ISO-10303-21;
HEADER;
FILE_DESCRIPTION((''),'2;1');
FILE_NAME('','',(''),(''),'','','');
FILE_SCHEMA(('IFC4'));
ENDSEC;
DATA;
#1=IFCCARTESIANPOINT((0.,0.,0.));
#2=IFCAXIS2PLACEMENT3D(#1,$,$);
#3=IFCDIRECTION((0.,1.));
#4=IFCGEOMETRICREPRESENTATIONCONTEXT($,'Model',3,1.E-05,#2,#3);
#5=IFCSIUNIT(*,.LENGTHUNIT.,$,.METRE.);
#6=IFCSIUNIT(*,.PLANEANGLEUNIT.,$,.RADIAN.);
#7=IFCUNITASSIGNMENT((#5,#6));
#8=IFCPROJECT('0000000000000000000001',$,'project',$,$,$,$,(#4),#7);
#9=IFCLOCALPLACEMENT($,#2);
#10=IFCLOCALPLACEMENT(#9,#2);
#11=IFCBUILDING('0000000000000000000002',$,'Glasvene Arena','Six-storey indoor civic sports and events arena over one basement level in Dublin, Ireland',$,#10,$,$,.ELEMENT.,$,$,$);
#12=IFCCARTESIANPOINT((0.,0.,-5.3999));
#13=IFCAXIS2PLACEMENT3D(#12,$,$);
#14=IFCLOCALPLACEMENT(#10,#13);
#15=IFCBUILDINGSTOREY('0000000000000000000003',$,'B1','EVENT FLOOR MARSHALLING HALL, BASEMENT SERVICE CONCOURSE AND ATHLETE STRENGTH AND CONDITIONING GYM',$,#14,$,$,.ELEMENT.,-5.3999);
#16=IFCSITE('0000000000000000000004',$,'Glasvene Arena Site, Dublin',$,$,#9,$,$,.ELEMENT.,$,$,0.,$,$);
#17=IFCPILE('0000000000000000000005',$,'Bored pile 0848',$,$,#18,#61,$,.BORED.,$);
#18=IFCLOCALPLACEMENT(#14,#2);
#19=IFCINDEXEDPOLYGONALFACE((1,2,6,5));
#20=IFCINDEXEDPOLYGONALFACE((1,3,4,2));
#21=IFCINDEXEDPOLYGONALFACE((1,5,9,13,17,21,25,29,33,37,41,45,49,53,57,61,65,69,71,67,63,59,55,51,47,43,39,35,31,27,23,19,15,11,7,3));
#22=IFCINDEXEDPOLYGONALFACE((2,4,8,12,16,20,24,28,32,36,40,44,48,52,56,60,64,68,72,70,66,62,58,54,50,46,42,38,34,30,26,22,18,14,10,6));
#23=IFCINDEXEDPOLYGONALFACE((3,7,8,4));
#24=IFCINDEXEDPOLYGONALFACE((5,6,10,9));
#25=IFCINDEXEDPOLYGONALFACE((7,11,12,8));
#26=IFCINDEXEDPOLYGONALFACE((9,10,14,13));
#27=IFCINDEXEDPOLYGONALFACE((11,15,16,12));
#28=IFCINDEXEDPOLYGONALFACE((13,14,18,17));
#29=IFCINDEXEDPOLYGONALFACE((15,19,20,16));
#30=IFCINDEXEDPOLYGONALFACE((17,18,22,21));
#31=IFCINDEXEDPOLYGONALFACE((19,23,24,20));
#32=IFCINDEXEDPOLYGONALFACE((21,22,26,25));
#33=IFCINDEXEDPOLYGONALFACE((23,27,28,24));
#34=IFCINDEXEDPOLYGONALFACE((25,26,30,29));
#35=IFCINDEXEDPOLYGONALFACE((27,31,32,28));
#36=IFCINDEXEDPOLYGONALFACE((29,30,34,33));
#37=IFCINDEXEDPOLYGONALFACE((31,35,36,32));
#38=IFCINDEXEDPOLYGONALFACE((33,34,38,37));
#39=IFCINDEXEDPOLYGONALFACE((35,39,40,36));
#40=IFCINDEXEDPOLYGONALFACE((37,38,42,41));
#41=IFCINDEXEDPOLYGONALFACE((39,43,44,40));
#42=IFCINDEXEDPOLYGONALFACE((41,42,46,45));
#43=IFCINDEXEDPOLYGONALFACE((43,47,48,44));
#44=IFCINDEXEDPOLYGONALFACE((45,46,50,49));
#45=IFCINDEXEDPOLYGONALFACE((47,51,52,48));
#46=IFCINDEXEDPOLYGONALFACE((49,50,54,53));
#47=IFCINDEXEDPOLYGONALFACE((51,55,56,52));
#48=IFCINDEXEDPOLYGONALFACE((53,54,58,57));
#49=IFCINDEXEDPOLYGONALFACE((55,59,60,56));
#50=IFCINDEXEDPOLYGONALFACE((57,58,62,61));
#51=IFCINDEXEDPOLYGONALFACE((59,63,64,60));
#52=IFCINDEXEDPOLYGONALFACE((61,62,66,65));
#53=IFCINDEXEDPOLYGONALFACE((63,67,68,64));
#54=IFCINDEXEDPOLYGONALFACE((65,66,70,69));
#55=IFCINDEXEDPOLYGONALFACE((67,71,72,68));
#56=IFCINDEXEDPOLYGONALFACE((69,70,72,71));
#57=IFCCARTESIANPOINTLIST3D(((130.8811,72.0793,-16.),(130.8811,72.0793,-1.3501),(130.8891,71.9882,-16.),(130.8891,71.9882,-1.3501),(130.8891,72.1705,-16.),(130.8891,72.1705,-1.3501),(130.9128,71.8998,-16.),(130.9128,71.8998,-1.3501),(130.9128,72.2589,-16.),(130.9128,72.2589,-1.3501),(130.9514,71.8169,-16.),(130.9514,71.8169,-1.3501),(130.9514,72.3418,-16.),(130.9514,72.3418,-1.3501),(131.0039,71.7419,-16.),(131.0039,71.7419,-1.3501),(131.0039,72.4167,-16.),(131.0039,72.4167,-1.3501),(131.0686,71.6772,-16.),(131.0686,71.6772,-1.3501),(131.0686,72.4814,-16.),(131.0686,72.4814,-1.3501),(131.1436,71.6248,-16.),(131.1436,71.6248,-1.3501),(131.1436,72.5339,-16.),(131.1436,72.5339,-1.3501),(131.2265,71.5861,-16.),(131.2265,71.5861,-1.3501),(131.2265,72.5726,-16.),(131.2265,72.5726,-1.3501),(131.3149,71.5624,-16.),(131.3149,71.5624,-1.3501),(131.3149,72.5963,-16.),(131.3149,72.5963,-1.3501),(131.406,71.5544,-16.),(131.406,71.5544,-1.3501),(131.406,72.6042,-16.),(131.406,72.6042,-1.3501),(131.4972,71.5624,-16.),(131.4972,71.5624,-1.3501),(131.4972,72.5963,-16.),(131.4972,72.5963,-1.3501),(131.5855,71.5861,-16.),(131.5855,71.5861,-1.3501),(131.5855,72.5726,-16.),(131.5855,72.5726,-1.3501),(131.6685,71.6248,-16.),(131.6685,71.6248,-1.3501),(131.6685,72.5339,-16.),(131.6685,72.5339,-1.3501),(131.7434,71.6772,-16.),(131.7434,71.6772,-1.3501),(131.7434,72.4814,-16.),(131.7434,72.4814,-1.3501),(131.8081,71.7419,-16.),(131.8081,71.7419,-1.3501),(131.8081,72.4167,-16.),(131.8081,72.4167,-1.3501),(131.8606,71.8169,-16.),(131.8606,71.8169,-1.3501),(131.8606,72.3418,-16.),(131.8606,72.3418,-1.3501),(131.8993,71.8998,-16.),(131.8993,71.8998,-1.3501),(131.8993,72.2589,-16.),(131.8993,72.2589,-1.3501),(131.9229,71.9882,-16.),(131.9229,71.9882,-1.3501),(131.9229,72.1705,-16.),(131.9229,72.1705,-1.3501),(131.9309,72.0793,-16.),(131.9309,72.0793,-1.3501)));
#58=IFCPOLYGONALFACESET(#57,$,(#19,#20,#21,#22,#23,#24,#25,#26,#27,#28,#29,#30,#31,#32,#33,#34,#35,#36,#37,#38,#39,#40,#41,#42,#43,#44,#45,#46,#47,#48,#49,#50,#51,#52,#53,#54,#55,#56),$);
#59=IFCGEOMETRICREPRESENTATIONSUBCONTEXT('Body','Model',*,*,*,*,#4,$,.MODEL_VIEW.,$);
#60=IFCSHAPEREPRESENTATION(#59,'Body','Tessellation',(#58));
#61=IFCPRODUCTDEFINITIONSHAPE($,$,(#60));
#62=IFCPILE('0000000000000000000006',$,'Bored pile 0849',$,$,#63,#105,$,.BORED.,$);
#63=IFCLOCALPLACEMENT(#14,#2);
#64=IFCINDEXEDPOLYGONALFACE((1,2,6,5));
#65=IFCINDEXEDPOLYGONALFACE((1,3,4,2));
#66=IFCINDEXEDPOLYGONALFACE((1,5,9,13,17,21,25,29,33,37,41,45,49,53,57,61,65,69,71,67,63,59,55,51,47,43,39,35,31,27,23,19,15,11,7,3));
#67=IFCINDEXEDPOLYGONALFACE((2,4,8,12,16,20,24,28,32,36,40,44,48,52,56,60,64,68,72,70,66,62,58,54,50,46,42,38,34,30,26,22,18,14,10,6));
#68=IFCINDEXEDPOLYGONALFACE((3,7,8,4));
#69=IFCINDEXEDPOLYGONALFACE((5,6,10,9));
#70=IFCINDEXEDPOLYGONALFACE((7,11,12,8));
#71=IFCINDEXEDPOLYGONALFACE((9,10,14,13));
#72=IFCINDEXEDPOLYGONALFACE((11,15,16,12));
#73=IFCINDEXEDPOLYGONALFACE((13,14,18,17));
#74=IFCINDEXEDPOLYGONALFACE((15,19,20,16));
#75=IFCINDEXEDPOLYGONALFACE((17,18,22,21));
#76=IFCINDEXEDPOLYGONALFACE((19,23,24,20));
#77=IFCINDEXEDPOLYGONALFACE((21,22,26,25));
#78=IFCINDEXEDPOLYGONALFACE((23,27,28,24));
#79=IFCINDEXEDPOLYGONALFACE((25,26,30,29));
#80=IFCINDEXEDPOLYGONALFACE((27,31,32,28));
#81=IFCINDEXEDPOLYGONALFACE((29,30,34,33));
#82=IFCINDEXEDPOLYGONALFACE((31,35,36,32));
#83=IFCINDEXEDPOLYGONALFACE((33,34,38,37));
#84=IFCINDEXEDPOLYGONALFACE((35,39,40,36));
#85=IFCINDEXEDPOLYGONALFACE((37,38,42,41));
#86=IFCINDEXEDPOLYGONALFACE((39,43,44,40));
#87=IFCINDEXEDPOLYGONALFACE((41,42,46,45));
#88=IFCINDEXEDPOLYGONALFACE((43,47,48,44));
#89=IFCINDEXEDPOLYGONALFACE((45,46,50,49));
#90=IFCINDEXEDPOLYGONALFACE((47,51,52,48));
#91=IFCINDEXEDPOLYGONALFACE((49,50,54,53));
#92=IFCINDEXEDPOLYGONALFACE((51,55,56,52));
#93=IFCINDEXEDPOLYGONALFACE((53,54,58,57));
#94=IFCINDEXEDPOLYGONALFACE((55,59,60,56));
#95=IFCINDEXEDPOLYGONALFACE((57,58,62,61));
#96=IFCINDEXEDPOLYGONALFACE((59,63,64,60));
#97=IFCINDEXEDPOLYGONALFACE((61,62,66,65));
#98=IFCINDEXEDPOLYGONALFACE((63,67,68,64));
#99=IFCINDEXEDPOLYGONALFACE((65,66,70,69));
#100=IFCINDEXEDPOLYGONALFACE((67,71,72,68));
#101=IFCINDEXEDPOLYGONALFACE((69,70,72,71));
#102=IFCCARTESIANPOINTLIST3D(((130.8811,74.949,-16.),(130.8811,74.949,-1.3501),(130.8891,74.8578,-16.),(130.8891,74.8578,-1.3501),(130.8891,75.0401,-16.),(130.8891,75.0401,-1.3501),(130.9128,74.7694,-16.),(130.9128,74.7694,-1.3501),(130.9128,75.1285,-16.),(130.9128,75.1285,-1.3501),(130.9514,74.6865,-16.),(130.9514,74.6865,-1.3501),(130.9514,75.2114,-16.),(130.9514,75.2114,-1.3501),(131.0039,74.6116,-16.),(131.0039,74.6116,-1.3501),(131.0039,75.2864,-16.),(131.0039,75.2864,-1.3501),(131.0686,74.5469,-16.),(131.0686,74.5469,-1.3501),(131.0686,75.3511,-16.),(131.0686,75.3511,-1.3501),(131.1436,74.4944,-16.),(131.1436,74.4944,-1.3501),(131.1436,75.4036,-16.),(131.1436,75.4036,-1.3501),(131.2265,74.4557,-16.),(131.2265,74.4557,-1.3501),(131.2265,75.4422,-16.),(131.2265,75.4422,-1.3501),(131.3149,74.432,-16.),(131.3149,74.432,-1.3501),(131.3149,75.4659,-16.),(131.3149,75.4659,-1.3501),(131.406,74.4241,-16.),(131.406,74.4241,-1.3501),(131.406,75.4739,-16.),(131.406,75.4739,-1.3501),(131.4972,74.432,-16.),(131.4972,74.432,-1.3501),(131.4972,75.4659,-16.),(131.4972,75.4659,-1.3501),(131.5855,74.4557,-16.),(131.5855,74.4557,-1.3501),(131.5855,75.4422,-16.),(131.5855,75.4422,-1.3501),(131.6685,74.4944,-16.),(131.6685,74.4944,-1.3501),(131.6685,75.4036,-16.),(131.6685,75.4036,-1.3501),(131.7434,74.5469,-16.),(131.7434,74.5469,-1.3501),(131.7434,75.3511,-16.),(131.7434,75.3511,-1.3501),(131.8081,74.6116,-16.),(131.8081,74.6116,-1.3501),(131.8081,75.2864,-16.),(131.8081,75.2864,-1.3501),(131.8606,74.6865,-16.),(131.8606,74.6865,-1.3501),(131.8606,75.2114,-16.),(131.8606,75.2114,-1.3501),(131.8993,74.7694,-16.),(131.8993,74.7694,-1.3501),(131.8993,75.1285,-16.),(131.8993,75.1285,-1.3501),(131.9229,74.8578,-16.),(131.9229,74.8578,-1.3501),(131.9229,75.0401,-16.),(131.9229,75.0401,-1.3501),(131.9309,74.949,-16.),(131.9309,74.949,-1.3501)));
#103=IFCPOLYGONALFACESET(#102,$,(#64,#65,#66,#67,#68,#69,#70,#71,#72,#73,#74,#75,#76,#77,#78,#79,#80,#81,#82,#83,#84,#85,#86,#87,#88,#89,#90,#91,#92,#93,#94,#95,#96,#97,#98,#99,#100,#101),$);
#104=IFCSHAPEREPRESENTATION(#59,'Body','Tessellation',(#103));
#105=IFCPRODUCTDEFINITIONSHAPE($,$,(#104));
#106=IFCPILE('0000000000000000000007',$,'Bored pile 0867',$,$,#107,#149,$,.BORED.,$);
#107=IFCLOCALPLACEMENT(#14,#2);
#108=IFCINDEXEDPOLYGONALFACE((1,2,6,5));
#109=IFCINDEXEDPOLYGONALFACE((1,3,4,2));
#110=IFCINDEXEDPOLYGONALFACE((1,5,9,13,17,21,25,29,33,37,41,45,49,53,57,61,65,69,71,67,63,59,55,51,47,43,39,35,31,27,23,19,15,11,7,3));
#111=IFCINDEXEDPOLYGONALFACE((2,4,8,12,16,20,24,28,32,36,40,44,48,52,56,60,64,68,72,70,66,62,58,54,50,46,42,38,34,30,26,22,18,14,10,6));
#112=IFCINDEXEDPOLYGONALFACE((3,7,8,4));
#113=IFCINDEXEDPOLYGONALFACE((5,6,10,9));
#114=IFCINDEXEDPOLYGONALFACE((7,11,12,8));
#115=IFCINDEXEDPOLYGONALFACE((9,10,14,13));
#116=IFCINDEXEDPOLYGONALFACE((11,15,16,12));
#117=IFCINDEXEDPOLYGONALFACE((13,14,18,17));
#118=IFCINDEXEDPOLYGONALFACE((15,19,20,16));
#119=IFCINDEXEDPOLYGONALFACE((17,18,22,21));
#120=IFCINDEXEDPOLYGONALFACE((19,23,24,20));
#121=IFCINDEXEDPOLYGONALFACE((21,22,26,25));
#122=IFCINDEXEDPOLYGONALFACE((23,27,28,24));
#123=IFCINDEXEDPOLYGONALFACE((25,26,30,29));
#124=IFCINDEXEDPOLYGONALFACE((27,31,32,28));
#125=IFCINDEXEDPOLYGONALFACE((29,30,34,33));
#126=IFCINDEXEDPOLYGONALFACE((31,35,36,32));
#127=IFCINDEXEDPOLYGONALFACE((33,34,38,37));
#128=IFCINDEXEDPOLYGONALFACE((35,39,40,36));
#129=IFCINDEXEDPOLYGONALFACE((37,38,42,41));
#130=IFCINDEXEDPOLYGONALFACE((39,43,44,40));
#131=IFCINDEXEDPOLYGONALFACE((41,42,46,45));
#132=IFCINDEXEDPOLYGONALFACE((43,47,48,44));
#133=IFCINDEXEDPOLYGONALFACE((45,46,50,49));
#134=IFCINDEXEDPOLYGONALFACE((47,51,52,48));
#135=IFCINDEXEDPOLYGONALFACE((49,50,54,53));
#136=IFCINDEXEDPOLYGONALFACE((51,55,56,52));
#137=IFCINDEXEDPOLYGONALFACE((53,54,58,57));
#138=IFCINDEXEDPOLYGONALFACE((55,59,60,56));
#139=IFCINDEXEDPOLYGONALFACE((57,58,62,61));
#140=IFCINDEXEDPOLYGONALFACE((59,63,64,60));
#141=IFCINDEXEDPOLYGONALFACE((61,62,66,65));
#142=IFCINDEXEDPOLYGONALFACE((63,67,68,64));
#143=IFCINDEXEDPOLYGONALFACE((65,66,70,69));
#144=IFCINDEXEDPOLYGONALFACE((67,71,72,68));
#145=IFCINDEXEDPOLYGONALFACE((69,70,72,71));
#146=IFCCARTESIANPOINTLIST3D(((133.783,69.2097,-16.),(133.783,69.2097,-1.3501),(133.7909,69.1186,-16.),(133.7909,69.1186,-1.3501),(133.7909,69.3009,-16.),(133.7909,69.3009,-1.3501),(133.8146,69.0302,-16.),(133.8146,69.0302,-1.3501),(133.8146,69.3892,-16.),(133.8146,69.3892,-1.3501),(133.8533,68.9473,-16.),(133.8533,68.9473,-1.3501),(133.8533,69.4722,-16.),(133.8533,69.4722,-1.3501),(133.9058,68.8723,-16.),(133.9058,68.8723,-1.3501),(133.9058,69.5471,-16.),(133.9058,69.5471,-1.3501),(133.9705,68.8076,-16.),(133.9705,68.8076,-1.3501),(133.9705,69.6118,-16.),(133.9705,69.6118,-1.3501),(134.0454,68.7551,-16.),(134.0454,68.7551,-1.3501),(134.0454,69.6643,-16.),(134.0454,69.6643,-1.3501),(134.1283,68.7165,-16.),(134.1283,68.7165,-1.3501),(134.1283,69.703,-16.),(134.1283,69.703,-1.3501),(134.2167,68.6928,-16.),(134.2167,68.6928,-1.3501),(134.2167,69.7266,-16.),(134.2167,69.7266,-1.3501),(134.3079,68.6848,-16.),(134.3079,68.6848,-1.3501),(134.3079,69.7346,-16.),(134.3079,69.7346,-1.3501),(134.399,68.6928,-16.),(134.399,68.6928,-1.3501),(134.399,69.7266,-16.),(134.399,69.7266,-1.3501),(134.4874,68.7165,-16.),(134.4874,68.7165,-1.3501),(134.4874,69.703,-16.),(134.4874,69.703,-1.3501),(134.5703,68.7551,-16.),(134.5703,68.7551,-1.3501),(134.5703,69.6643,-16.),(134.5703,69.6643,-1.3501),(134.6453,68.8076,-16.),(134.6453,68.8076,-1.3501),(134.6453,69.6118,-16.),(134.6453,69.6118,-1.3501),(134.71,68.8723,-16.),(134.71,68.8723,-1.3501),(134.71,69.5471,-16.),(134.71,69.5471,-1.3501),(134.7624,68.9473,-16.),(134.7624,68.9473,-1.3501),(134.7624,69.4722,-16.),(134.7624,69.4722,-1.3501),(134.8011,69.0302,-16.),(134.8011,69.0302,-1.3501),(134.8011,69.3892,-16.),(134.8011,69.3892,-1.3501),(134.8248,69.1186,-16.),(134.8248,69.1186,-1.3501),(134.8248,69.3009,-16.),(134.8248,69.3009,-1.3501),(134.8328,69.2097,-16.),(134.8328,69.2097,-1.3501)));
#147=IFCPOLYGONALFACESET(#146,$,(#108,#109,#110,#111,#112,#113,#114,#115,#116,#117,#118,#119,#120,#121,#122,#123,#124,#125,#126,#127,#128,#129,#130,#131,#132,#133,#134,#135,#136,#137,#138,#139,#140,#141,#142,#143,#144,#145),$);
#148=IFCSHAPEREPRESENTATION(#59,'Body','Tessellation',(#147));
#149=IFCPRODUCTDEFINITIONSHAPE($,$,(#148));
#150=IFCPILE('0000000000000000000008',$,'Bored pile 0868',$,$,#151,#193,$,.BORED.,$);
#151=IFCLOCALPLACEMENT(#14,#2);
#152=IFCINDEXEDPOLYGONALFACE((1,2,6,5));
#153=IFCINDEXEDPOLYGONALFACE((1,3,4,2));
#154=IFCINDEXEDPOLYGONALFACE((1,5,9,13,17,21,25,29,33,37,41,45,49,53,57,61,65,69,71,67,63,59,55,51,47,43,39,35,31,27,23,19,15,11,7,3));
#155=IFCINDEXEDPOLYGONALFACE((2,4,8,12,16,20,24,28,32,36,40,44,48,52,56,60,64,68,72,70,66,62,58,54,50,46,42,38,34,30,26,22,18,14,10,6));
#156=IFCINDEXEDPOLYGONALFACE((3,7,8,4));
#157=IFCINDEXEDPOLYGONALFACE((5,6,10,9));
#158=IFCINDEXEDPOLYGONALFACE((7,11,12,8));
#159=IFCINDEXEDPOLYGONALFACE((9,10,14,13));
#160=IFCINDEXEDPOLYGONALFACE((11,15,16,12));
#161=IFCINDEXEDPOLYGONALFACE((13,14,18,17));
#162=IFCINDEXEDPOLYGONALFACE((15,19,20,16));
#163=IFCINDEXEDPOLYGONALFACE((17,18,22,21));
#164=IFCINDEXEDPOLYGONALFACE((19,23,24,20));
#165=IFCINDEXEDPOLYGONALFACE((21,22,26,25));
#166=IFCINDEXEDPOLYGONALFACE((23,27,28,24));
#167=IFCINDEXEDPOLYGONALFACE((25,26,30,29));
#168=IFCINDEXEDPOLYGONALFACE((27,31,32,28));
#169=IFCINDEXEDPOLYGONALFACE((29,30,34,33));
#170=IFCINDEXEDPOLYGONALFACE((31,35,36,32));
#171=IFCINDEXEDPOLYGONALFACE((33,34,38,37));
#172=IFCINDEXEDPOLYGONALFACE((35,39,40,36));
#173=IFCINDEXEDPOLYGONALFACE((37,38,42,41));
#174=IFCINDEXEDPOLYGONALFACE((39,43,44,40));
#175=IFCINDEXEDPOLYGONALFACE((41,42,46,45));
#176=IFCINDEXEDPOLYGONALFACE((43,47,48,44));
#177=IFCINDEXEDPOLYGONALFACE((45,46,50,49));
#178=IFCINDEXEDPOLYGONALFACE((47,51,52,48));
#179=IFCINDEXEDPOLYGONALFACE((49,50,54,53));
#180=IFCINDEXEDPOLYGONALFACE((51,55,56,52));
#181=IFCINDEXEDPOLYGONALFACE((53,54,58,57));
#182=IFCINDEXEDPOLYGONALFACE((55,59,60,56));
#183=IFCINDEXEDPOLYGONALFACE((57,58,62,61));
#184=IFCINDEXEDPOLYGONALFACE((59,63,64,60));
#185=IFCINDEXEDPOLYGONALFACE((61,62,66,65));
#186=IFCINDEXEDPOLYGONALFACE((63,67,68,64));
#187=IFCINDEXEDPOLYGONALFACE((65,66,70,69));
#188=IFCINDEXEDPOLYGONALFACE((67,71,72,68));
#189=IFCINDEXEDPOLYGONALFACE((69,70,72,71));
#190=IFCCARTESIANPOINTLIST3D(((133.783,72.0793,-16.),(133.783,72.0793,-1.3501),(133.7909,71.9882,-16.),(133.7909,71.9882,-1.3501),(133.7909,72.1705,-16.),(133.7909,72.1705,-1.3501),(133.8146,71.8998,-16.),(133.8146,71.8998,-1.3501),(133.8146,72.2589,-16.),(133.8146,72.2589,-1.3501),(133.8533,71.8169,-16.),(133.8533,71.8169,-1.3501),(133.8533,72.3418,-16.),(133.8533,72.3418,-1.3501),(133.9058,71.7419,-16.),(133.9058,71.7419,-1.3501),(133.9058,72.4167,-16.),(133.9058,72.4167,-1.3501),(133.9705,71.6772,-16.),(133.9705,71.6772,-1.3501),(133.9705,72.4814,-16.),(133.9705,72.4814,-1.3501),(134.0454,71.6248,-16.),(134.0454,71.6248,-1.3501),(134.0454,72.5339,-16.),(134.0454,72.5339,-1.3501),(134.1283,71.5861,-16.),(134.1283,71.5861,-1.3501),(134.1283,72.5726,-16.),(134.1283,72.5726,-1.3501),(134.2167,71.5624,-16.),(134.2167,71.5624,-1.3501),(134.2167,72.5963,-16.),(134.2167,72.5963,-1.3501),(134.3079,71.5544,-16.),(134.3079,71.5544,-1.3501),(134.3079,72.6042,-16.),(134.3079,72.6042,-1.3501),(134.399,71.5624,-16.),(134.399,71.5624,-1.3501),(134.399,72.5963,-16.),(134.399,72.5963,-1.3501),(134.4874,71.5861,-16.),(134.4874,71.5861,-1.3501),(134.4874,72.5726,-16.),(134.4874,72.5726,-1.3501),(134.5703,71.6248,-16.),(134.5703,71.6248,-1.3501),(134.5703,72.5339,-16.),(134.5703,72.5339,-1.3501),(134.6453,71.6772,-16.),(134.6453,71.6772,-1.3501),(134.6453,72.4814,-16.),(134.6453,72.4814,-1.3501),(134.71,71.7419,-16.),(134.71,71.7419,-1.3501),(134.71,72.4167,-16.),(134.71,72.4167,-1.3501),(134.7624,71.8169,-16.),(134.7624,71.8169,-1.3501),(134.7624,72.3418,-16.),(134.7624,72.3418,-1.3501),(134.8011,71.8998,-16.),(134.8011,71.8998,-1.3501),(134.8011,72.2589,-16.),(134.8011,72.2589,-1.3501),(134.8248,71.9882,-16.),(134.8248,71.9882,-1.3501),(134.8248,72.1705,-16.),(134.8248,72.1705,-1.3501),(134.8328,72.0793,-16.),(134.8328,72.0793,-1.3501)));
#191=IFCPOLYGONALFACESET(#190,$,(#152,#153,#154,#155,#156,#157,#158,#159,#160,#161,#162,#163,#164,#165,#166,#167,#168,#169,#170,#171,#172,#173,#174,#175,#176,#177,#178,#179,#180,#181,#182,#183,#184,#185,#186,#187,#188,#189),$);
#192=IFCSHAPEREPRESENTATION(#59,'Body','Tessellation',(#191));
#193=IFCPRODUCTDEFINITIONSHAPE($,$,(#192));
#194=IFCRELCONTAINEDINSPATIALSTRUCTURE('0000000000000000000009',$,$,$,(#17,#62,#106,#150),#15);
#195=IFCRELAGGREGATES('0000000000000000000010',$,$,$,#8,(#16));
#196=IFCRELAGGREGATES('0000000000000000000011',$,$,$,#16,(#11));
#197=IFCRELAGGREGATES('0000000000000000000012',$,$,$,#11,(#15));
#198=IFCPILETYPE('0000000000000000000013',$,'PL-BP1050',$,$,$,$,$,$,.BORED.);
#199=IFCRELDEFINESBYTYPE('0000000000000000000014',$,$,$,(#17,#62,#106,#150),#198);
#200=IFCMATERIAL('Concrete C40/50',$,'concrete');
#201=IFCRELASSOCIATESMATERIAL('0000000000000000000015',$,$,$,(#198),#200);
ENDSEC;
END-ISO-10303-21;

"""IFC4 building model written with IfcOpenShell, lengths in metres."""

from ifc_helpers import new_model, si_unit, direction, frame, origin, origin_2d, place, context, subcontext, project, spatial, circle, extrude, material, material_profile, profile_set, type_object, element, save


model = new_model("IFC4")

# Units and contexts
model_context = context("Model", 3, precision=1e-05, world=origin(), true_north=direction((0.0, 1.0)))
body_context = subcontext(model_context, "Body", "Model", "MODEL_VIEW")
ifc_project = project(units=[si_unit("LENGTHUNIT", "METRE"), si_unit("PLANEANGLEUNIT", "RADIAN")], contexts=[model_context])

# Site, building, storey
site_placement = place(None, origin())
site = spatial("IfcSite", under=ifc_project, at=site_placement, Name="Glasvene Arena Site, Dublin", CompositionType="ELEMENT", RefElevation=0.0)
building_placement = place(site_placement, origin())
building = spatial("IfcBuilding", under=site, at=building_placement, Name="Glasvene Arena", Description="Six-storey indoor civic sports and events arena over one basement level in Dublin, Ireland", CompositionType="ELEMENT")
storey_placement = place(building_placement, frame((0.0, 0.0, -5.3999)))
storey = spatial("IfcBuildingStorey", under=building, at=storey_placement, Name="B1", Description="EVENT FLOOR MARSHALLING HALL, BASEMENT SERVICE CONCOURSE AND ATHLETE STRENGTH AND CONDITIONING GYM", CompositionType="ELEMENT", Elevation=-5.3999)

# Piles
ifc_material_1 = material(Name="Concrete C40/50", Category="concrete")
ifc_material_profile_1 = material_profile(ifc_material_1, circle(Radius=0.5249, at=origin_2d()), Name="BORED PILE 1050")
ifc_profile_set_1 = profile_set([ifc_material_profile_1], Name="Concrete C40/50")
pile_type = type_object("IfcPileType", Name="PL-BP1050", PredefinedType="BORED", material=ifc_profile_set_1)
for number, where, z_axis, x_axis, name in (
    (1, (131.406, 72.0793, -1.3501), (0.0, 0.0, -1.0), (1.0, 0.0, 0.0), "Bored pile 0848"),
    (2, (131.406, 74.949, -1.3501), (0.0, 0.0, -1.0), (1.0, 0.0, 0.0), "Bored pile 0849"),
    (3, (134.3079, 69.2097, -1.3501), (0.0, 0.0, -1.0), (1.0, 0.0, 0.0), "Bored pile 0867"),
    (4, (134.3079, 72.0793, -1.3501), (0.0, 0.0, -1.0), (1.0, 0.0, 0.0), "Bored pile 0868"),
):
    element("IfcPile", number, at=place(storey_placement, frame(where, z_axis=z_axis, x_axis=x_axis)), inside=storey, type_object=pile_type, Name=name, PredefinedType="BORED", context=body_context, shape_type="SweptSolid", body=[
        extrude(circle(Radius=0.5249, at=origin_2d()), origin(), (0.0, 0.0, 1.0), 14.6499),
    ])

save(model, "model.ifc")
